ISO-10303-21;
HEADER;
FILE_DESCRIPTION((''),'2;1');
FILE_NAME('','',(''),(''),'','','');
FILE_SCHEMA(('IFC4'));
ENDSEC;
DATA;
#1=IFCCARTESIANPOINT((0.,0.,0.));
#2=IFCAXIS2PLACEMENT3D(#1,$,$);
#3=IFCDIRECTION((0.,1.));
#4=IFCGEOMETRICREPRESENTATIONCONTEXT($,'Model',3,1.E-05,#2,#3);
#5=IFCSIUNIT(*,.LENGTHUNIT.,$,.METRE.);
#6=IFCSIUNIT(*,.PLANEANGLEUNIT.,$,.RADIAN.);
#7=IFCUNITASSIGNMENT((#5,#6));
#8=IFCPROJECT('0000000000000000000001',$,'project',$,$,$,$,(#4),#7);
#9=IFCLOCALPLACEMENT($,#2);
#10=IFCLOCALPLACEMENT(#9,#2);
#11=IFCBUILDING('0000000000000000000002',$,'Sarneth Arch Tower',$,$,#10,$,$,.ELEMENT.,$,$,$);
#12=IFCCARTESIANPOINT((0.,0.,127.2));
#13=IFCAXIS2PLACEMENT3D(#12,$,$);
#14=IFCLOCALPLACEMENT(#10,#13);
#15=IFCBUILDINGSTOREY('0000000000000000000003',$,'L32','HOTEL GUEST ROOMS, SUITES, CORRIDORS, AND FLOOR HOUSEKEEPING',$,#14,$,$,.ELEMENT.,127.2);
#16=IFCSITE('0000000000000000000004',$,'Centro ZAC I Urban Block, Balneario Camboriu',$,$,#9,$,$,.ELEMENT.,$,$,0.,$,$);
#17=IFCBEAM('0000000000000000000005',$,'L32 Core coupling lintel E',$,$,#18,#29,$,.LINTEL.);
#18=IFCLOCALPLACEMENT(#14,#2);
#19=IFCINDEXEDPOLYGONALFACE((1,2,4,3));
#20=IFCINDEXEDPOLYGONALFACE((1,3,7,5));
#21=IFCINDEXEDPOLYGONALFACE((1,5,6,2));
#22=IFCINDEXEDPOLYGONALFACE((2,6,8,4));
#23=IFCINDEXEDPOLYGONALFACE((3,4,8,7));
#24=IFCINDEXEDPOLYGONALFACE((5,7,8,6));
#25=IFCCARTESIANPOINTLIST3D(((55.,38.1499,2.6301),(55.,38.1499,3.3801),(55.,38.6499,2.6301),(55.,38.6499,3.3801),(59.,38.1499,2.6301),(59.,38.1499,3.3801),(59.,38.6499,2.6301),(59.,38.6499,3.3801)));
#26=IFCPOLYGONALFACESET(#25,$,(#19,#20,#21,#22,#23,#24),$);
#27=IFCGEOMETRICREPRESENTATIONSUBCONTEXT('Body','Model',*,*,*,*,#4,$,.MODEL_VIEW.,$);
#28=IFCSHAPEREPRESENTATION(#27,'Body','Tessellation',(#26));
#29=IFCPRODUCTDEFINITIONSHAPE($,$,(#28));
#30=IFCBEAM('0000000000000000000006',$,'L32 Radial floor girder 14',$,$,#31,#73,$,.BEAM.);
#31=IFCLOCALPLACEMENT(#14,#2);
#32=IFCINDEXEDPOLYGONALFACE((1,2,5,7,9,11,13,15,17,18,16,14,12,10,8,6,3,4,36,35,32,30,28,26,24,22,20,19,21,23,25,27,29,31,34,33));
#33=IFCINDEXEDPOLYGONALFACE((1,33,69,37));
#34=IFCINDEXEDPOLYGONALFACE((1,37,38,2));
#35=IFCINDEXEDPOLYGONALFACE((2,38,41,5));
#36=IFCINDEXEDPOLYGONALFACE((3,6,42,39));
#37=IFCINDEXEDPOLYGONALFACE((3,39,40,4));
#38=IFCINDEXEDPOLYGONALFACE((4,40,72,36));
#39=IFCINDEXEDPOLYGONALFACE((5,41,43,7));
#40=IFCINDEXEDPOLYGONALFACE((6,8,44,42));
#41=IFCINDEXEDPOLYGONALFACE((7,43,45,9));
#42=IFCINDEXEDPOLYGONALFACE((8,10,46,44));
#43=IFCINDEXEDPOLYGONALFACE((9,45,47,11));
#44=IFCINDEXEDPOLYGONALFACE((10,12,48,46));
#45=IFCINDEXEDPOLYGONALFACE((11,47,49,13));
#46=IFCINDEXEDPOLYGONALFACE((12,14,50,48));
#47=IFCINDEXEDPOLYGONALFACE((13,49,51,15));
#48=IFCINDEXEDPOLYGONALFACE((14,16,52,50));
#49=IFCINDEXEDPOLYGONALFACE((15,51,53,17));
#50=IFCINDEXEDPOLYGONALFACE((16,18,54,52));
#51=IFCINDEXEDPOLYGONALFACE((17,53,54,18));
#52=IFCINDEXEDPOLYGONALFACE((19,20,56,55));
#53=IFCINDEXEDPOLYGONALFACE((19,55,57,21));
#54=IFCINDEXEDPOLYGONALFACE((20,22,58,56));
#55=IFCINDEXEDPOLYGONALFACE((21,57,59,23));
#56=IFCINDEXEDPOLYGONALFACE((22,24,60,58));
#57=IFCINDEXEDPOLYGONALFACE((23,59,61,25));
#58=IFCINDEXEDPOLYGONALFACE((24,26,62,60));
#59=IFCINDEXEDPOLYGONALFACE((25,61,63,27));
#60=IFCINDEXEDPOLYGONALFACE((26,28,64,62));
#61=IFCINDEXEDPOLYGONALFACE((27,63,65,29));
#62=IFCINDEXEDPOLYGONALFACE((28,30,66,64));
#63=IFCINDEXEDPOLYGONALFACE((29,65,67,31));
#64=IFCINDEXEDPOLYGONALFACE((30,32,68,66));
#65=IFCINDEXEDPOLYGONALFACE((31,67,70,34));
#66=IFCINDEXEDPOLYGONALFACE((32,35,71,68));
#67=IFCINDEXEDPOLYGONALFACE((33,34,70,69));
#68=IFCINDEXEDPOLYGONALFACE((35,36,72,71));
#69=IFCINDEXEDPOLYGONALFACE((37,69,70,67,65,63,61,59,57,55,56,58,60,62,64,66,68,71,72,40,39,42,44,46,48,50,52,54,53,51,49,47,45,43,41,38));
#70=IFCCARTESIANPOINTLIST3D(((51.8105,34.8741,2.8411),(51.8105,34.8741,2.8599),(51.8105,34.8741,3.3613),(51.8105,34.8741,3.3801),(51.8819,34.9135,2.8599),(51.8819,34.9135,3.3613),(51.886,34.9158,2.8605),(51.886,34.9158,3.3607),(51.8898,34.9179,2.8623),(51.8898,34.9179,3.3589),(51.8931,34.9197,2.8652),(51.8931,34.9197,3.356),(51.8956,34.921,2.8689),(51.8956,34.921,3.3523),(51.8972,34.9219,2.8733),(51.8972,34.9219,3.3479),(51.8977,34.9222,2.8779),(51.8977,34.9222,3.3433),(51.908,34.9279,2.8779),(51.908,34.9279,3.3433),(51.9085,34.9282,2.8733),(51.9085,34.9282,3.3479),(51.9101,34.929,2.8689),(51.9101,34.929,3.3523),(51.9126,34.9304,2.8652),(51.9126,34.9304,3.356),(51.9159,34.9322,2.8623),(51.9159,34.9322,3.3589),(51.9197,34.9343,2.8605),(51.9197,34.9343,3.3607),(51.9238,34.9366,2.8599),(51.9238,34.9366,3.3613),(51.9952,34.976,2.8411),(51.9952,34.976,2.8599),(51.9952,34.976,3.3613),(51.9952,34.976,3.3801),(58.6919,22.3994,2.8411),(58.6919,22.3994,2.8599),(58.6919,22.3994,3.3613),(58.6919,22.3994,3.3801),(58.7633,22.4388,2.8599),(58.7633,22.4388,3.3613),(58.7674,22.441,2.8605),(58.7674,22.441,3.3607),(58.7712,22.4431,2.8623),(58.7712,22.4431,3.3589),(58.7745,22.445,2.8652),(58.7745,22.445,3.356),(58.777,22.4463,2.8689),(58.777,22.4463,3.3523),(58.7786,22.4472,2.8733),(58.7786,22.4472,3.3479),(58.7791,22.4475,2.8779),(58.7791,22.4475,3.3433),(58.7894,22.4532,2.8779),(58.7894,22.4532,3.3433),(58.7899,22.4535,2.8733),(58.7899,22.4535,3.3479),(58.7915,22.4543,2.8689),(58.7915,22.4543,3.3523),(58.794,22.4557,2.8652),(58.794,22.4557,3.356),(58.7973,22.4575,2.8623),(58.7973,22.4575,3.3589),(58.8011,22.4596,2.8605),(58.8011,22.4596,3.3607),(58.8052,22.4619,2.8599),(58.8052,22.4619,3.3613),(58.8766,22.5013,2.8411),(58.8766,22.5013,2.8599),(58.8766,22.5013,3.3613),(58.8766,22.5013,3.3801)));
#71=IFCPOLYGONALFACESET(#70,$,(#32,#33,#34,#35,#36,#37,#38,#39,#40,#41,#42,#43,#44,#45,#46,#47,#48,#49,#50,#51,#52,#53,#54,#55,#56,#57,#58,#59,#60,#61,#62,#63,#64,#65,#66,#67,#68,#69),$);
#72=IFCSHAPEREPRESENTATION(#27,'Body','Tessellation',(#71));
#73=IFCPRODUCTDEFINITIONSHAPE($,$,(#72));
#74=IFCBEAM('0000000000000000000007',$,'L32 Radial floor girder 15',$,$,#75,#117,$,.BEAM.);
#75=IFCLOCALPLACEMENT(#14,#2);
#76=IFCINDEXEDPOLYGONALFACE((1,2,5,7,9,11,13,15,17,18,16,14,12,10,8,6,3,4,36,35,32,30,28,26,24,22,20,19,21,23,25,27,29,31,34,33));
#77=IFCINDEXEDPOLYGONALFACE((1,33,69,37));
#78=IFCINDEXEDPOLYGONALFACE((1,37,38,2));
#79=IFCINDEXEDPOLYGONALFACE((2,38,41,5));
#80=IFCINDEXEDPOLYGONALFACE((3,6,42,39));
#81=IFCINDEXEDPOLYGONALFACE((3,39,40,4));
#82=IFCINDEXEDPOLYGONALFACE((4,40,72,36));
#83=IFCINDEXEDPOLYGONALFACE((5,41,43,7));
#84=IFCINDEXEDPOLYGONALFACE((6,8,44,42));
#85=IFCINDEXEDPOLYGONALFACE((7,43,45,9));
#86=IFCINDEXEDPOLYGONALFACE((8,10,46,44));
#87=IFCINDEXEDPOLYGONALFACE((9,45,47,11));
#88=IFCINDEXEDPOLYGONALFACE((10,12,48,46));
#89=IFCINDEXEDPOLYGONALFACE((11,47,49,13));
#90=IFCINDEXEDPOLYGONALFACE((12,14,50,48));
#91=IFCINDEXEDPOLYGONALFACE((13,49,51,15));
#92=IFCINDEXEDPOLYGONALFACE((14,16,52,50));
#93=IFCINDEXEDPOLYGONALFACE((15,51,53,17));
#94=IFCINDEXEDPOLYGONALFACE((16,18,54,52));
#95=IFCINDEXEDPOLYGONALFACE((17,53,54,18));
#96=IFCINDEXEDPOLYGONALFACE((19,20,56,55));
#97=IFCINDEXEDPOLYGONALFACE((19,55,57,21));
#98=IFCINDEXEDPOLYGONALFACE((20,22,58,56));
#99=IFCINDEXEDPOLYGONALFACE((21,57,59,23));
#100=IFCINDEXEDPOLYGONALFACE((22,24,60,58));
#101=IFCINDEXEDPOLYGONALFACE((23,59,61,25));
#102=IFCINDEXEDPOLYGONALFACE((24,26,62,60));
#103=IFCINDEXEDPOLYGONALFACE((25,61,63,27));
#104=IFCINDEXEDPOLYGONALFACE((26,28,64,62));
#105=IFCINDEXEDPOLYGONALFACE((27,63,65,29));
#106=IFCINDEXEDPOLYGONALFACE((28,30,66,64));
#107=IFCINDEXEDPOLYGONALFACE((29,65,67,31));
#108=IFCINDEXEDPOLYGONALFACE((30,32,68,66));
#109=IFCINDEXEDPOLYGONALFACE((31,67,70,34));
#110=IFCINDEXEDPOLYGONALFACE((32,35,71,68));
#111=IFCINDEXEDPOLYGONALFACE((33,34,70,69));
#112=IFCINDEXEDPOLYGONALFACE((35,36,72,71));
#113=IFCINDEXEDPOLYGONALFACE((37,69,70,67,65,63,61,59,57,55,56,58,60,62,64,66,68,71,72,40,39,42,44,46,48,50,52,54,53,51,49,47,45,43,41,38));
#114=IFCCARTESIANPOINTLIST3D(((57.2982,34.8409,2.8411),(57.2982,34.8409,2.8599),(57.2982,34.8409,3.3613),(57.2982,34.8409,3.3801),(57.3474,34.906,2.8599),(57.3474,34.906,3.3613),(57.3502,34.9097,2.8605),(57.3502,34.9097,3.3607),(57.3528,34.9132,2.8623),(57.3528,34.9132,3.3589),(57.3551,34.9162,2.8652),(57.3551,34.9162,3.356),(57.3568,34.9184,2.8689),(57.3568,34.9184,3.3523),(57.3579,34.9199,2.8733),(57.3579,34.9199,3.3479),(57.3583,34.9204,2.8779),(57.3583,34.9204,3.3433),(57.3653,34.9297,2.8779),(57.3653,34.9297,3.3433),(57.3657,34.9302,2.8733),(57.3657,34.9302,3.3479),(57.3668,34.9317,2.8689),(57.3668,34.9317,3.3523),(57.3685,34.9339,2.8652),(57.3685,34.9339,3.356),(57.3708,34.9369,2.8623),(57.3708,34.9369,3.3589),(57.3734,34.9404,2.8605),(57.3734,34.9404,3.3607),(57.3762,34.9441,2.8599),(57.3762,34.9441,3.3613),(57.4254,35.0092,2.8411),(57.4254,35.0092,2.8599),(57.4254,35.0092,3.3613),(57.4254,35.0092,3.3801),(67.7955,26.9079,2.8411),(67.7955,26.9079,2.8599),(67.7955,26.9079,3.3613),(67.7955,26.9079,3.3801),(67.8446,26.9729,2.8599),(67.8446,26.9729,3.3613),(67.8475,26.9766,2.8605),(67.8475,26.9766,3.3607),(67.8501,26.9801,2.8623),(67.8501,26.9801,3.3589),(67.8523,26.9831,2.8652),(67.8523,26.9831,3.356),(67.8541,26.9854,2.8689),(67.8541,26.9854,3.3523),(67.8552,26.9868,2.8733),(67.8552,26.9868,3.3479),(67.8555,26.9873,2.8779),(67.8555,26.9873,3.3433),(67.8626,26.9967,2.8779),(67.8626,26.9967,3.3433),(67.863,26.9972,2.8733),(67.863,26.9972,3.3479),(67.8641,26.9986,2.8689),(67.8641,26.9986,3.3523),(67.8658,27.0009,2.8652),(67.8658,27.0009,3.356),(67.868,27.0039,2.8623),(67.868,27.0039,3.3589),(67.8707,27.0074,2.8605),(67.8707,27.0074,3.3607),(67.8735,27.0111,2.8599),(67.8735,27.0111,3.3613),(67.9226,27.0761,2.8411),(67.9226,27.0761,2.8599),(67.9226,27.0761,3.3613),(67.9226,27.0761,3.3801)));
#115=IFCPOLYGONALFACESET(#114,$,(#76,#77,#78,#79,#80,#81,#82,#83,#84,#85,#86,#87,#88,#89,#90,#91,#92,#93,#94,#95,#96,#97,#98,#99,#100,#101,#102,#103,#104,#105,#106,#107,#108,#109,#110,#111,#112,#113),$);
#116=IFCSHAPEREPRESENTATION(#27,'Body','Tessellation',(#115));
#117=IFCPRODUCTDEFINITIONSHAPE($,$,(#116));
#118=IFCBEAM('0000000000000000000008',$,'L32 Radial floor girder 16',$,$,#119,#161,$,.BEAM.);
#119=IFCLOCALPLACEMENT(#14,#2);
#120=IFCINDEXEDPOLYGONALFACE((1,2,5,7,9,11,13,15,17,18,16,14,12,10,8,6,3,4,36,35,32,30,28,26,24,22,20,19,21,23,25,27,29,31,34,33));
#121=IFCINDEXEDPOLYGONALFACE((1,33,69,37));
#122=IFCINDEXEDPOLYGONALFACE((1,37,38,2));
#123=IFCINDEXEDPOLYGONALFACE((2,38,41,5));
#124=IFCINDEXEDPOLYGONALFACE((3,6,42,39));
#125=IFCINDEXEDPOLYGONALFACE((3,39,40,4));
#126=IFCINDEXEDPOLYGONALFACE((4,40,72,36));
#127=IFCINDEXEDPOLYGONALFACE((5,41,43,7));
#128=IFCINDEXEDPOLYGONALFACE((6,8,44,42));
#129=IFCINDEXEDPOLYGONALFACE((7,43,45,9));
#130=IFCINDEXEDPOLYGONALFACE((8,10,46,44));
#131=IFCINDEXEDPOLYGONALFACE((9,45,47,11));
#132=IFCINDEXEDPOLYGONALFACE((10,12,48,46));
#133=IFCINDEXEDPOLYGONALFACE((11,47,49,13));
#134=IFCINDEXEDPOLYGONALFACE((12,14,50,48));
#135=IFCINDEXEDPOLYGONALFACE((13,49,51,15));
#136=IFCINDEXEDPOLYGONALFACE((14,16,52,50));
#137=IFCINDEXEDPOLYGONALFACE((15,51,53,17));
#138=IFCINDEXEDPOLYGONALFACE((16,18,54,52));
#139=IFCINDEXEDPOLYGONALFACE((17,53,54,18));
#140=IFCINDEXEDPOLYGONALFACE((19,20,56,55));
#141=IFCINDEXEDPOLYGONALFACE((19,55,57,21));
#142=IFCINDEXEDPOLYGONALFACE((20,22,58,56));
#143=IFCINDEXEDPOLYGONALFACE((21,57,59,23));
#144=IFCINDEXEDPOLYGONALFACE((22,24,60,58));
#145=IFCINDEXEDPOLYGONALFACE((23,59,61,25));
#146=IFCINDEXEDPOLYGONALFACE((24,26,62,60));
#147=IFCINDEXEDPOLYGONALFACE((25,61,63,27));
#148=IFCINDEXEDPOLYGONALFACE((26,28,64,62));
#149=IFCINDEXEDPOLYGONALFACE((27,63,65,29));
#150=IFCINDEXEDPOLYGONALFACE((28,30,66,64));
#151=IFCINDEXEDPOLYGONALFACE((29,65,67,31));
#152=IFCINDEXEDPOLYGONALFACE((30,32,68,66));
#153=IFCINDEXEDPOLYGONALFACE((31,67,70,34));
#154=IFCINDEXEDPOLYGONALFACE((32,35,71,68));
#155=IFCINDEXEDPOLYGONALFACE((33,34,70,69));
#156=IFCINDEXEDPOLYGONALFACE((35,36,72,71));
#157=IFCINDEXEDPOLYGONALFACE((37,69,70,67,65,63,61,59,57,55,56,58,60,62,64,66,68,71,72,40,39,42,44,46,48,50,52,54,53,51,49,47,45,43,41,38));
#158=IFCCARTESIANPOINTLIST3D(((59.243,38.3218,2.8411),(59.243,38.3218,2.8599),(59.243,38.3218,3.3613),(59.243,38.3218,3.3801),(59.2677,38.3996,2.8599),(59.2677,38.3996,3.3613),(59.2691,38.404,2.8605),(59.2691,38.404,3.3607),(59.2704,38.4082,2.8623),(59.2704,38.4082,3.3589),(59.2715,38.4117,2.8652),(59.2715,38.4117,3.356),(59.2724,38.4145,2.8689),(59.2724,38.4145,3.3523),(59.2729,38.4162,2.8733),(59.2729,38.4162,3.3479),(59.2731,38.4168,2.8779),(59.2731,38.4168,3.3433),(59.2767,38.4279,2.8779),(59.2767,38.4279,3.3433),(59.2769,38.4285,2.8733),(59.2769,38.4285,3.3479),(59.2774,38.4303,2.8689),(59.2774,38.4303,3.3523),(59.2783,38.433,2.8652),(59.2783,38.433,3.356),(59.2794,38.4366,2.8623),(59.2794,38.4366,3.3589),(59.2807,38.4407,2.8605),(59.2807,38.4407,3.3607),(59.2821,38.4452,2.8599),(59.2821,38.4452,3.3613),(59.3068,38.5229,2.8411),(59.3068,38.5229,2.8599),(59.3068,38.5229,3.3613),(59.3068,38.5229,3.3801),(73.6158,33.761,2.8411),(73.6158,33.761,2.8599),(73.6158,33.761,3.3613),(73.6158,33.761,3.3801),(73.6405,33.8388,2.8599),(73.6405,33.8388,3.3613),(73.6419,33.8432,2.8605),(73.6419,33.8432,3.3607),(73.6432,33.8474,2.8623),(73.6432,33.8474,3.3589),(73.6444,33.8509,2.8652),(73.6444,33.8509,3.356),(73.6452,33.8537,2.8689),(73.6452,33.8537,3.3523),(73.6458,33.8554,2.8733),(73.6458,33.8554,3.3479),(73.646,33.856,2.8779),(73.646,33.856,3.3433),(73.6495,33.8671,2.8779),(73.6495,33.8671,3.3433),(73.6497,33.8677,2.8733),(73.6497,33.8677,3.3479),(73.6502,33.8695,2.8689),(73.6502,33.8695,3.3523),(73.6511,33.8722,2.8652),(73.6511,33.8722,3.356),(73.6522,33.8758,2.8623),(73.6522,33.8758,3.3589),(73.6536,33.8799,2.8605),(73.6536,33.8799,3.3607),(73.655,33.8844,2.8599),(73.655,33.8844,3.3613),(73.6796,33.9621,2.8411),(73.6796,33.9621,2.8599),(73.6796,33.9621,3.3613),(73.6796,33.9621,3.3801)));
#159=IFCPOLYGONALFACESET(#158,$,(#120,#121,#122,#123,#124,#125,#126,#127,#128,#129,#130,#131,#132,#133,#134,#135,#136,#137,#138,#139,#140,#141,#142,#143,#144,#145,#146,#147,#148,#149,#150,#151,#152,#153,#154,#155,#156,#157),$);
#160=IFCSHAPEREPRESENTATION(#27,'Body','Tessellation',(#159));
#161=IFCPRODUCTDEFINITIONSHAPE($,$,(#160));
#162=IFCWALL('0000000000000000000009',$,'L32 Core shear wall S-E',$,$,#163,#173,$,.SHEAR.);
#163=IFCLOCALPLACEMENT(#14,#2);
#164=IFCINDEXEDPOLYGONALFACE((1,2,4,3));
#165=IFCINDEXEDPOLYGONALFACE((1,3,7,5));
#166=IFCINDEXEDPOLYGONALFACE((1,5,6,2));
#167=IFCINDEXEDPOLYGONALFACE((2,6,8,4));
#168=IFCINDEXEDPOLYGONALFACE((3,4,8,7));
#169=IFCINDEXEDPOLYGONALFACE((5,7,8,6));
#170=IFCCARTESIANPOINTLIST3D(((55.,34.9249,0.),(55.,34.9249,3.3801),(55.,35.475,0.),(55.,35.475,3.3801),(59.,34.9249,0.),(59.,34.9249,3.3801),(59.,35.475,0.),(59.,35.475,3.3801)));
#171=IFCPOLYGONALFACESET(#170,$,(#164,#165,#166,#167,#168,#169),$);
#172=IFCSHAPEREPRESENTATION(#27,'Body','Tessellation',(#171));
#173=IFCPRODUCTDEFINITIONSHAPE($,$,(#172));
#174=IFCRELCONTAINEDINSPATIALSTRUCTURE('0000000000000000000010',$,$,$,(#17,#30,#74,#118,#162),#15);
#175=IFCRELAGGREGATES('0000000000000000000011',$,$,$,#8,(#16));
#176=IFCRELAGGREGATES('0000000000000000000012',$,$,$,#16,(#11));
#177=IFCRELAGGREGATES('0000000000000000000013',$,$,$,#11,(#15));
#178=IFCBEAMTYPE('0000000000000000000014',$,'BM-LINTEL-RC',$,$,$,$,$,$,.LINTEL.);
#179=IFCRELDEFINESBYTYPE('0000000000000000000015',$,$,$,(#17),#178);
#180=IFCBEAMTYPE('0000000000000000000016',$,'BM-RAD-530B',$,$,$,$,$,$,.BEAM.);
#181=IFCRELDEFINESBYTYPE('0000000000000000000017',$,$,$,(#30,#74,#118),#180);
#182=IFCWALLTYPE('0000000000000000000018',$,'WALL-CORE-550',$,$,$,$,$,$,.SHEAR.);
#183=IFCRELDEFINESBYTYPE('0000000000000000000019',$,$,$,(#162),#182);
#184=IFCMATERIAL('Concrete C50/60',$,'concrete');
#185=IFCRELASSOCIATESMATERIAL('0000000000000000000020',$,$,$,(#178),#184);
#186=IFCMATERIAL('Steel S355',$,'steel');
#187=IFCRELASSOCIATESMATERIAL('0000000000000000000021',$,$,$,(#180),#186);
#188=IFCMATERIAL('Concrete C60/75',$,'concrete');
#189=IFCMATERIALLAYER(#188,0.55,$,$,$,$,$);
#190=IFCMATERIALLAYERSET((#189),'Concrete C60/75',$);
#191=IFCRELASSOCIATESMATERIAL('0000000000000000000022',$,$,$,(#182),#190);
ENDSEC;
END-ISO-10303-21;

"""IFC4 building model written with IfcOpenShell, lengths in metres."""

from ifc_helpers import new_model, si_unit, direction, frame, frame_2d, origin, origin_2d, place, context, subcontext, project, spatial, rectangle, i_section, extrude, material, layer, layer_set, material_profile, profile_set, type_object, element, save


model = new_model("IFC4")

# Units and contexts
model_context = context("Model", 3, precision=1e-05, world=origin(), true_north=direction((0.0, 1.0)))
body_context = subcontext(model_context, "Body", "Model", "MODEL_VIEW")
ifc_project = project(units=[si_unit("LENGTHUNIT", "METRE"), si_unit("PLANEANGLEUNIT", "RADIAN")], contexts=[model_context])

# Site, building, storey
site_placement = place(None, origin())
site = spatial("IfcSite", under=ifc_project, at=site_placement, Name="Centro ZAC I Urban Block, Balneario Camboriu", CompositionType="ELEMENT", RefElevation=0.0)
building_placement = place(site_placement, origin())
building = spatial("IfcBuilding", under=site, at=building_placement, Name="Sarneth Arch Tower", CompositionType="ELEMENT")
storey_placement = place(building_placement, frame((0.0, 0.0, 127.2)))
storey = spatial("IfcBuildingStorey", under=building, at=storey_placement, Name="L32", Description="HOTEL GUEST ROOMS, SUITES, CORRIDORS, AND FLOOR HOUSEKEEPING", CompositionType="ELEMENT", Elevation=127.2)

# Beams
ifc_material_1 = material(Name="Concrete C50/60", Category="concrete")
ifc_material_profile_1 = material_profile(ifc_material_1, rectangle(XDim=0.5, YDim=0.75, at=origin_2d()), Name="RC-500x750")
ifc_profile_set_1 = profile_set([ifc_material_profile_1], Name="Concrete C50/60")
beam_type_1 = type_object("IfcBeamType", Name="BM-LINTEL-RC", PredefinedType="LINTEL", material=ifc_profile_set_1)
beam_1_placement = place(storey_placement, frame((55.0, 38.3999, 3.0051), z_axis=(1.0, 0.0, 0.0), x_axis=(0.0, 1.0, 0.0)))
element("IfcBeam", 1, at=beam_1_placement, inside=storey, type_object=beam_type_1, Name="L32 Core coupling lintel E", PredefinedType="LINTEL", context=body_context, shape_type="SweptSolid", body=[
    extrude(rectangle(XDim=0.5, YDim=0.75, at=origin_2d()), origin(), (0.0, 0.0, 1.0), 4.0),
])
ifc_material_2 = material(Name="Steel S355", Category="steel")
ifc_material_profile_2 = material_profile(ifc_material_2, i_section(OverallWidth=0.2109, OverallDepth=0.5391, WebThickness=0.0117, FlangeThickness=0.0188, FilletRadius=0.0181, at=origin_2d()), Name="W530x109")
ifc_profile_set_2 = profile_set([ifc_material_profile_2], Name="Steel S355")
beam_type_2 = type_object("IfcBeamType", Name="BM-RAD-530B", PredefinedType="BEAM", material=ifc_profile_set_2)
beam_2_placement = place(storey_placement, frame((51.9028, 34.925, 3.1106), z_axis=(0.483013, -0.875613, 0.0), x_axis=(0.875613, 0.483013, 0.0)))
element("IfcBeam", 2, at=beam_2_placement, inside=storey, type_object=beam_type_2, Name="L32 Radial floor girder 14", PredefinedType="BEAM", context=body_context, shape_type="SweptSolid", body=[
    extrude(i_section(OverallWidth=0.2109, OverallDepth=0.5391, WebThickness=0.0117, FlangeThickness=0.0188, FilletRadius=0.0181, at=origin_2d()), origin(), (0.0, 0.0, 1.0), 14.2468),
])
beam_3_placement = place(storey_placement, frame((57.3618, 34.925, 3.1106), z_axis=(0.797801, -0.60292, 0.0), x_axis=(0.60292, 0.797801, 0.0)))
element("IfcBeam", 3, at=beam_3_placement, inside=storey, type_object=beam_type_2, Name="L32 Radial floor girder 15", PredefinedType="BEAM", context=body_context, shape_type="SweptSolid", body=[
    extrude(i_section(OverallWidth=0.2109, OverallDepth=0.5391, WebThickness=0.0117, FlangeThickness=0.0188, FilletRadius=0.0181, at=origin_2d()), origin(), (0.0, 0.0, 1.0), 13.1577),
])
beam_4_placement = place(storey_placement, frame((59.2749, 38.4224, 3.1106), z_axis=(0.953163, -0.302458, 0.0), x_axis=(0.302458, 0.953163, 0.0)))
element("IfcBeam", 4, at=beam_4_placement, inside=storey, type_object=beam_type_2, Name="L32 Radial floor girder 16", PredefinedType="BEAM", context=body_context, shape_type="SweptSolid", body=[
    extrude(i_section(OverallWidth=0.2109, OverallDepth=0.5391, WebThickness=0.0117, FlangeThickness=0.0188, FilletRadius=0.0181, at=origin_2d()), origin(), (0.0, 0.0, 1.0), 15.0791),
])

# Wall
ifc_material_3 = material(Name="Concrete C60/75", Category="concrete")
ifc_layer_1 = layer(ifc_material_3, 0.55)
ifc_layer_set_1 = layer_set([ifc_layer_1], Name="Concrete C60/75")
wall_type_1 = type_object("IfcWallType", Name="WALL-CORE-550", PredefinedType="SHEAR", material=ifc_layer_set_1)
wall_1_placement = place(storey_placement, frame((55.0, 35.2, 0.0), z_axis=(0.0, 0.0, 1.0), x_axis=(1.0, 0.0, 0.0)))
element("IfcWall", 5, at=wall_1_placement, inside=storey, type_object=wall_type_1, Name="L32 Core shear wall S-E", PredefinedType="SHEAR", context=body_context, shape_type="SweptSolid", body=[
    extrude(rectangle(XDim=4.0, YDim=0.55, at=frame_2d((2.0, 0.0))), origin(), (0.0, 0.0, 1.0), 3.3801),
])

save(model, "model.ifc")
